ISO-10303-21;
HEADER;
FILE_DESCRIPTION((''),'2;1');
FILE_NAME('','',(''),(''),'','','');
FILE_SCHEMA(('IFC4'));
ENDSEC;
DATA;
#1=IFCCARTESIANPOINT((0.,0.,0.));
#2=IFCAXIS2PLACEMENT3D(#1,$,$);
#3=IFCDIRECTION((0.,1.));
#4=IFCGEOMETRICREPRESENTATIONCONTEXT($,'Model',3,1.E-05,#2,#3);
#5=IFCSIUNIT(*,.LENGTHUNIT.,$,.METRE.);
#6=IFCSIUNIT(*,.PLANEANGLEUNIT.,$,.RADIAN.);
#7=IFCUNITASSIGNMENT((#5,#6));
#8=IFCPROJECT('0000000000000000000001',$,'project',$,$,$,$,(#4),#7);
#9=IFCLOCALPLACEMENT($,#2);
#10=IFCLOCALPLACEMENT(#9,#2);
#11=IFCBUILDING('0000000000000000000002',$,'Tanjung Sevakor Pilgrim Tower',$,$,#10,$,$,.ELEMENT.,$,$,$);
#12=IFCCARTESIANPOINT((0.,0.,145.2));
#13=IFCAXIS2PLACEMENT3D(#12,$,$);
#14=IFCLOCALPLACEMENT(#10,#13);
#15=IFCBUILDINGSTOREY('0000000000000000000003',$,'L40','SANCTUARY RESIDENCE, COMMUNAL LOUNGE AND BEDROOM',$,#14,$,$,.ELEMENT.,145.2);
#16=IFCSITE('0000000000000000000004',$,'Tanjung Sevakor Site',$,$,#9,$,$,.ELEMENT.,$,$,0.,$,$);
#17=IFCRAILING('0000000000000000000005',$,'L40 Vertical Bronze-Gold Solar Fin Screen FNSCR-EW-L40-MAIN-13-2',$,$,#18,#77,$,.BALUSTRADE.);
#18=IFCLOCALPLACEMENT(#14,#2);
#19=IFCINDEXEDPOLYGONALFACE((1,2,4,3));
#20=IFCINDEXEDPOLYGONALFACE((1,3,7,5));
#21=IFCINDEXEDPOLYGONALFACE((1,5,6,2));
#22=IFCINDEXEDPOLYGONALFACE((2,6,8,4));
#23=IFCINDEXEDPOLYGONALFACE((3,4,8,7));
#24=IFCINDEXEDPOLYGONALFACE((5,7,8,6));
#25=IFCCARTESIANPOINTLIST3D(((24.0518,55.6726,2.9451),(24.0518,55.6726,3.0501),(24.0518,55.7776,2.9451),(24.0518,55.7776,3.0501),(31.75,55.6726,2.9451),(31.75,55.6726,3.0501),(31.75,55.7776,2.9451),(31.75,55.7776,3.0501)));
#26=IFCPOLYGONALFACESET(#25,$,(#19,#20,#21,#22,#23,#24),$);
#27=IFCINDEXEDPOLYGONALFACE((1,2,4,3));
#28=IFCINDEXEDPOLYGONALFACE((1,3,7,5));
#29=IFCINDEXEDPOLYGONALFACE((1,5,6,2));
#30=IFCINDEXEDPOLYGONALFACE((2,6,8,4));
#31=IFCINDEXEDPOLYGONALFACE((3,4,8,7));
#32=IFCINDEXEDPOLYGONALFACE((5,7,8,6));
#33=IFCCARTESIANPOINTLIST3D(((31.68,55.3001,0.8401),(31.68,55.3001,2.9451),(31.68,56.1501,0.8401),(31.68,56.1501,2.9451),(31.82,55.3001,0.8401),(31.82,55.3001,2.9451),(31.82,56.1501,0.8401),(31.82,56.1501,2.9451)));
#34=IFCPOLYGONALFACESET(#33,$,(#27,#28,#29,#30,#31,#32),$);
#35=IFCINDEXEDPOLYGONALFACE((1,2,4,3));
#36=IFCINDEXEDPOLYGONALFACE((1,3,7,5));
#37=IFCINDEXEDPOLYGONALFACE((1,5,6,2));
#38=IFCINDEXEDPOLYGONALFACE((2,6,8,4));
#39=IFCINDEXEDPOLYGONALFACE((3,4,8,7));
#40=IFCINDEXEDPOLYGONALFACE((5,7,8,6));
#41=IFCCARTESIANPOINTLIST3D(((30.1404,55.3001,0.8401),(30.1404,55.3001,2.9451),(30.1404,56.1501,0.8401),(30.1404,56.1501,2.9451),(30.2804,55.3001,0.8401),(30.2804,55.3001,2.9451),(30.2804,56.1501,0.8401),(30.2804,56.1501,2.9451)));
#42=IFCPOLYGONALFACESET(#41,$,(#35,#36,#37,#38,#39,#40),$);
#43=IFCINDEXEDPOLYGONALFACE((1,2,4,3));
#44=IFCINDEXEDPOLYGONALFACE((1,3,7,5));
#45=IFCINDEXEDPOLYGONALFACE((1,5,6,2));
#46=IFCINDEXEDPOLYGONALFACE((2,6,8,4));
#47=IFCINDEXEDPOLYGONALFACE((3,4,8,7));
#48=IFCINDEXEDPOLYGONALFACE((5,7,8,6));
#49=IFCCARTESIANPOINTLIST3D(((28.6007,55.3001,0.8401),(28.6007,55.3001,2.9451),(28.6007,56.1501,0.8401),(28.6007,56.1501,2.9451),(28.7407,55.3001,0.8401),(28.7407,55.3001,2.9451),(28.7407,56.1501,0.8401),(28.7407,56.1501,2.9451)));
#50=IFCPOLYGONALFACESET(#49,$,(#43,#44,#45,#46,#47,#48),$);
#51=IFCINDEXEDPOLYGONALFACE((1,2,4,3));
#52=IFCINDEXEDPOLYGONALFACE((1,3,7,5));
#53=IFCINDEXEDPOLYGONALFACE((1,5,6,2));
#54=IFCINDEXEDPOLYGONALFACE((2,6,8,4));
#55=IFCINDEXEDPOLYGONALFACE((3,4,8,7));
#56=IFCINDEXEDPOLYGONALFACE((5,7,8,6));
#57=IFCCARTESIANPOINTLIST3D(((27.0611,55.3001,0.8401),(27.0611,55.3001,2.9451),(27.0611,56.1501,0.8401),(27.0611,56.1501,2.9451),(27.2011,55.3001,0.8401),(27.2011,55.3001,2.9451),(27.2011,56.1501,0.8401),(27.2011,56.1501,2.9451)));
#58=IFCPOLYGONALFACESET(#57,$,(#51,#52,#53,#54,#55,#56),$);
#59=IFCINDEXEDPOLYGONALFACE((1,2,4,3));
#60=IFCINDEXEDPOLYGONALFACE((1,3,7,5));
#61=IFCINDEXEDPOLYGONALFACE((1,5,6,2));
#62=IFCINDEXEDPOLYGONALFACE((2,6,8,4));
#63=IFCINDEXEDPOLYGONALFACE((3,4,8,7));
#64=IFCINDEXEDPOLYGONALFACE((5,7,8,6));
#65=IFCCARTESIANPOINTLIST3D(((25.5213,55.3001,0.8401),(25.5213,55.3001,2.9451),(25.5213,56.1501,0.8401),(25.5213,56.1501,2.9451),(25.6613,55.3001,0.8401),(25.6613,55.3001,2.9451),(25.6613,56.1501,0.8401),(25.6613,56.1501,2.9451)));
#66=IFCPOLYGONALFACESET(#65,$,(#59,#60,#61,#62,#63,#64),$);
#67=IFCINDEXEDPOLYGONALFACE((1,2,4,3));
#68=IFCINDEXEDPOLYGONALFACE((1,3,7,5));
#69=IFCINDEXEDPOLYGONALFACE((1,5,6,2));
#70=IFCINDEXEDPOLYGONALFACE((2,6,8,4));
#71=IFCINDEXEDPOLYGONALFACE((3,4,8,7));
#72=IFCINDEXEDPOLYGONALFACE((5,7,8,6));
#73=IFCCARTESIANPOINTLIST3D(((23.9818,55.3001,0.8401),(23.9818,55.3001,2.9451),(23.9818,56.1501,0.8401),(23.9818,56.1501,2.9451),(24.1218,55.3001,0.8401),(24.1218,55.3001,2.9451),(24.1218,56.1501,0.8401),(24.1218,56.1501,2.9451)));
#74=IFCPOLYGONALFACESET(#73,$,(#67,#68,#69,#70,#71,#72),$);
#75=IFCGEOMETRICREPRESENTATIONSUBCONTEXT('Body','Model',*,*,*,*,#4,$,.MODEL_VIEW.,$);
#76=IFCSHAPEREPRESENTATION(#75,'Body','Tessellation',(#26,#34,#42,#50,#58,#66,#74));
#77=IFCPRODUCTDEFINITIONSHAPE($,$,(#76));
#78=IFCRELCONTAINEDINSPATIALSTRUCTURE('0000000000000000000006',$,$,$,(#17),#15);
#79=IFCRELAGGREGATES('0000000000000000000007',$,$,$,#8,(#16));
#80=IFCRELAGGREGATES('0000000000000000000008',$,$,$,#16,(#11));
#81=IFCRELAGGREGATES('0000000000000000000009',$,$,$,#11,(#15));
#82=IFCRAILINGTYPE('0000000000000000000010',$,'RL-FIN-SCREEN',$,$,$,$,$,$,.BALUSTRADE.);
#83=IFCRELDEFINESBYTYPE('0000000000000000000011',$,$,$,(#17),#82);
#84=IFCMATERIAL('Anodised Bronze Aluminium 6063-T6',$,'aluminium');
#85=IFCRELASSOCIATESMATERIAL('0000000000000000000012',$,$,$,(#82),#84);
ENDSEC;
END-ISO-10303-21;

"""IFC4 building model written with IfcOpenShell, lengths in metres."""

from ifc_helpers import new_model, si_unit, direction, frame, origin, place, context, subcontext, project, spatial, rectangle, extrude, material, type_object, element, save


model = new_model("IFC4")

# Units and contexts
model_context = context("Model", 3, precision=1e-05, world=origin(), true_north=direction((0.0, 1.0)))
body_context = subcontext(model_context, "Body", "Model", "MODEL_VIEW")
ifc_project = project(units=[si_unit("LENGTHUNIT", "METRE"), si_unit("PLANEANGLEUNIT", "RADIAN")], contexts=[model_context])

# Site, building, storey
site_placement = place(None, origin())
site = spatial("IfcSite", under=ifc_project, at=site_placement, Name="Tanjung Sevakor Site", CompositionType="ELEMENT", RefElevation=0.0)
building_placement = place(site_placement, origin())
building = spatial("IfcBuilding", under=site, at=building_placement, Name="Tanjung Sevakor Pilgrim Tower", CompositionType="ELEMENT")
storey_placement = place(building_placement, frame((0.0, 0.0, 145.2)))
storey = spatial("IfcBuildingStorey", under=building, at=storey_placement, Name="L40", Description="SANCTUARY RESIDENCE, COMMUNAL LOUNGE AND BEDROOM", CompositionType="ELEMENT", Elevation=145.2)

# Railing
ifc_material_1 = material(Name="Anodised Bronze Aluminium 6063-T6", Category="aluminium")
railing_type = type_object("IfcRailingType", Name="RL-FIN-SCREEN", PredefinedType="BALUSTRADE", material=ifc_material_1)
railing_1_placement = place(storey_placement, frame((31.75, 55.7251, 0.8401)))
element("IfcRailing", 1, at=railing_1_placement, inside=storey, type_object=railing_type, Name="L40 Vertical Bronze-Gold Solar Fin Screen FNSCR-EW-L40-MAIN-13-2", PredefinedType="BALUSTRADE", context=body_context, shape_type="SweptSolid", body=[
    extrude(rectangle(XDim=0.105, YDim=0.105), frame((0.0, 0.0, 2.1575), z_axis=(-1.0, 0.0, 0.0), x_axis=(0.0, -1.0, 0.0)), (0.0, 0.0, 1.0), 7.6982),
    extrude(rectangle(XDim=0.14, YDim=0.85), origin(), (0.0, 0.0, 1.0), 2.105),
    extrude(rectangle(XDim=0.14, YDim=0.85), frame((-1.5396, 0.0, 0.0)), (0.0, 0.0, 1.0), 2.105),
    extrude(rectangle(XDim=0.14, YDim=0.85), frame((-3.0793, 0.0, 0.0)), (0.0, 0.0, 1.0), 2.105),
    extrude(rectangle(XDim=0.14, YDim=0.85), frame((-4.6189, 0.0, 0.0)), (0.0, 0.0, 1.0), 2.105),
    extrude(rectangle(XDim=0.14, YDim=0.85), frame((-6.1587, 0.0, 0.0)), (0.0, 0.0, 1.0), 2.105),
    extrude(rectangle(XDim=0.14, YDim=0.85), frame((-7.6982, 0.0, 0.0)), (0.0, 0.0, 1.0), 2.105),
])

save(model, "model.ifc")
